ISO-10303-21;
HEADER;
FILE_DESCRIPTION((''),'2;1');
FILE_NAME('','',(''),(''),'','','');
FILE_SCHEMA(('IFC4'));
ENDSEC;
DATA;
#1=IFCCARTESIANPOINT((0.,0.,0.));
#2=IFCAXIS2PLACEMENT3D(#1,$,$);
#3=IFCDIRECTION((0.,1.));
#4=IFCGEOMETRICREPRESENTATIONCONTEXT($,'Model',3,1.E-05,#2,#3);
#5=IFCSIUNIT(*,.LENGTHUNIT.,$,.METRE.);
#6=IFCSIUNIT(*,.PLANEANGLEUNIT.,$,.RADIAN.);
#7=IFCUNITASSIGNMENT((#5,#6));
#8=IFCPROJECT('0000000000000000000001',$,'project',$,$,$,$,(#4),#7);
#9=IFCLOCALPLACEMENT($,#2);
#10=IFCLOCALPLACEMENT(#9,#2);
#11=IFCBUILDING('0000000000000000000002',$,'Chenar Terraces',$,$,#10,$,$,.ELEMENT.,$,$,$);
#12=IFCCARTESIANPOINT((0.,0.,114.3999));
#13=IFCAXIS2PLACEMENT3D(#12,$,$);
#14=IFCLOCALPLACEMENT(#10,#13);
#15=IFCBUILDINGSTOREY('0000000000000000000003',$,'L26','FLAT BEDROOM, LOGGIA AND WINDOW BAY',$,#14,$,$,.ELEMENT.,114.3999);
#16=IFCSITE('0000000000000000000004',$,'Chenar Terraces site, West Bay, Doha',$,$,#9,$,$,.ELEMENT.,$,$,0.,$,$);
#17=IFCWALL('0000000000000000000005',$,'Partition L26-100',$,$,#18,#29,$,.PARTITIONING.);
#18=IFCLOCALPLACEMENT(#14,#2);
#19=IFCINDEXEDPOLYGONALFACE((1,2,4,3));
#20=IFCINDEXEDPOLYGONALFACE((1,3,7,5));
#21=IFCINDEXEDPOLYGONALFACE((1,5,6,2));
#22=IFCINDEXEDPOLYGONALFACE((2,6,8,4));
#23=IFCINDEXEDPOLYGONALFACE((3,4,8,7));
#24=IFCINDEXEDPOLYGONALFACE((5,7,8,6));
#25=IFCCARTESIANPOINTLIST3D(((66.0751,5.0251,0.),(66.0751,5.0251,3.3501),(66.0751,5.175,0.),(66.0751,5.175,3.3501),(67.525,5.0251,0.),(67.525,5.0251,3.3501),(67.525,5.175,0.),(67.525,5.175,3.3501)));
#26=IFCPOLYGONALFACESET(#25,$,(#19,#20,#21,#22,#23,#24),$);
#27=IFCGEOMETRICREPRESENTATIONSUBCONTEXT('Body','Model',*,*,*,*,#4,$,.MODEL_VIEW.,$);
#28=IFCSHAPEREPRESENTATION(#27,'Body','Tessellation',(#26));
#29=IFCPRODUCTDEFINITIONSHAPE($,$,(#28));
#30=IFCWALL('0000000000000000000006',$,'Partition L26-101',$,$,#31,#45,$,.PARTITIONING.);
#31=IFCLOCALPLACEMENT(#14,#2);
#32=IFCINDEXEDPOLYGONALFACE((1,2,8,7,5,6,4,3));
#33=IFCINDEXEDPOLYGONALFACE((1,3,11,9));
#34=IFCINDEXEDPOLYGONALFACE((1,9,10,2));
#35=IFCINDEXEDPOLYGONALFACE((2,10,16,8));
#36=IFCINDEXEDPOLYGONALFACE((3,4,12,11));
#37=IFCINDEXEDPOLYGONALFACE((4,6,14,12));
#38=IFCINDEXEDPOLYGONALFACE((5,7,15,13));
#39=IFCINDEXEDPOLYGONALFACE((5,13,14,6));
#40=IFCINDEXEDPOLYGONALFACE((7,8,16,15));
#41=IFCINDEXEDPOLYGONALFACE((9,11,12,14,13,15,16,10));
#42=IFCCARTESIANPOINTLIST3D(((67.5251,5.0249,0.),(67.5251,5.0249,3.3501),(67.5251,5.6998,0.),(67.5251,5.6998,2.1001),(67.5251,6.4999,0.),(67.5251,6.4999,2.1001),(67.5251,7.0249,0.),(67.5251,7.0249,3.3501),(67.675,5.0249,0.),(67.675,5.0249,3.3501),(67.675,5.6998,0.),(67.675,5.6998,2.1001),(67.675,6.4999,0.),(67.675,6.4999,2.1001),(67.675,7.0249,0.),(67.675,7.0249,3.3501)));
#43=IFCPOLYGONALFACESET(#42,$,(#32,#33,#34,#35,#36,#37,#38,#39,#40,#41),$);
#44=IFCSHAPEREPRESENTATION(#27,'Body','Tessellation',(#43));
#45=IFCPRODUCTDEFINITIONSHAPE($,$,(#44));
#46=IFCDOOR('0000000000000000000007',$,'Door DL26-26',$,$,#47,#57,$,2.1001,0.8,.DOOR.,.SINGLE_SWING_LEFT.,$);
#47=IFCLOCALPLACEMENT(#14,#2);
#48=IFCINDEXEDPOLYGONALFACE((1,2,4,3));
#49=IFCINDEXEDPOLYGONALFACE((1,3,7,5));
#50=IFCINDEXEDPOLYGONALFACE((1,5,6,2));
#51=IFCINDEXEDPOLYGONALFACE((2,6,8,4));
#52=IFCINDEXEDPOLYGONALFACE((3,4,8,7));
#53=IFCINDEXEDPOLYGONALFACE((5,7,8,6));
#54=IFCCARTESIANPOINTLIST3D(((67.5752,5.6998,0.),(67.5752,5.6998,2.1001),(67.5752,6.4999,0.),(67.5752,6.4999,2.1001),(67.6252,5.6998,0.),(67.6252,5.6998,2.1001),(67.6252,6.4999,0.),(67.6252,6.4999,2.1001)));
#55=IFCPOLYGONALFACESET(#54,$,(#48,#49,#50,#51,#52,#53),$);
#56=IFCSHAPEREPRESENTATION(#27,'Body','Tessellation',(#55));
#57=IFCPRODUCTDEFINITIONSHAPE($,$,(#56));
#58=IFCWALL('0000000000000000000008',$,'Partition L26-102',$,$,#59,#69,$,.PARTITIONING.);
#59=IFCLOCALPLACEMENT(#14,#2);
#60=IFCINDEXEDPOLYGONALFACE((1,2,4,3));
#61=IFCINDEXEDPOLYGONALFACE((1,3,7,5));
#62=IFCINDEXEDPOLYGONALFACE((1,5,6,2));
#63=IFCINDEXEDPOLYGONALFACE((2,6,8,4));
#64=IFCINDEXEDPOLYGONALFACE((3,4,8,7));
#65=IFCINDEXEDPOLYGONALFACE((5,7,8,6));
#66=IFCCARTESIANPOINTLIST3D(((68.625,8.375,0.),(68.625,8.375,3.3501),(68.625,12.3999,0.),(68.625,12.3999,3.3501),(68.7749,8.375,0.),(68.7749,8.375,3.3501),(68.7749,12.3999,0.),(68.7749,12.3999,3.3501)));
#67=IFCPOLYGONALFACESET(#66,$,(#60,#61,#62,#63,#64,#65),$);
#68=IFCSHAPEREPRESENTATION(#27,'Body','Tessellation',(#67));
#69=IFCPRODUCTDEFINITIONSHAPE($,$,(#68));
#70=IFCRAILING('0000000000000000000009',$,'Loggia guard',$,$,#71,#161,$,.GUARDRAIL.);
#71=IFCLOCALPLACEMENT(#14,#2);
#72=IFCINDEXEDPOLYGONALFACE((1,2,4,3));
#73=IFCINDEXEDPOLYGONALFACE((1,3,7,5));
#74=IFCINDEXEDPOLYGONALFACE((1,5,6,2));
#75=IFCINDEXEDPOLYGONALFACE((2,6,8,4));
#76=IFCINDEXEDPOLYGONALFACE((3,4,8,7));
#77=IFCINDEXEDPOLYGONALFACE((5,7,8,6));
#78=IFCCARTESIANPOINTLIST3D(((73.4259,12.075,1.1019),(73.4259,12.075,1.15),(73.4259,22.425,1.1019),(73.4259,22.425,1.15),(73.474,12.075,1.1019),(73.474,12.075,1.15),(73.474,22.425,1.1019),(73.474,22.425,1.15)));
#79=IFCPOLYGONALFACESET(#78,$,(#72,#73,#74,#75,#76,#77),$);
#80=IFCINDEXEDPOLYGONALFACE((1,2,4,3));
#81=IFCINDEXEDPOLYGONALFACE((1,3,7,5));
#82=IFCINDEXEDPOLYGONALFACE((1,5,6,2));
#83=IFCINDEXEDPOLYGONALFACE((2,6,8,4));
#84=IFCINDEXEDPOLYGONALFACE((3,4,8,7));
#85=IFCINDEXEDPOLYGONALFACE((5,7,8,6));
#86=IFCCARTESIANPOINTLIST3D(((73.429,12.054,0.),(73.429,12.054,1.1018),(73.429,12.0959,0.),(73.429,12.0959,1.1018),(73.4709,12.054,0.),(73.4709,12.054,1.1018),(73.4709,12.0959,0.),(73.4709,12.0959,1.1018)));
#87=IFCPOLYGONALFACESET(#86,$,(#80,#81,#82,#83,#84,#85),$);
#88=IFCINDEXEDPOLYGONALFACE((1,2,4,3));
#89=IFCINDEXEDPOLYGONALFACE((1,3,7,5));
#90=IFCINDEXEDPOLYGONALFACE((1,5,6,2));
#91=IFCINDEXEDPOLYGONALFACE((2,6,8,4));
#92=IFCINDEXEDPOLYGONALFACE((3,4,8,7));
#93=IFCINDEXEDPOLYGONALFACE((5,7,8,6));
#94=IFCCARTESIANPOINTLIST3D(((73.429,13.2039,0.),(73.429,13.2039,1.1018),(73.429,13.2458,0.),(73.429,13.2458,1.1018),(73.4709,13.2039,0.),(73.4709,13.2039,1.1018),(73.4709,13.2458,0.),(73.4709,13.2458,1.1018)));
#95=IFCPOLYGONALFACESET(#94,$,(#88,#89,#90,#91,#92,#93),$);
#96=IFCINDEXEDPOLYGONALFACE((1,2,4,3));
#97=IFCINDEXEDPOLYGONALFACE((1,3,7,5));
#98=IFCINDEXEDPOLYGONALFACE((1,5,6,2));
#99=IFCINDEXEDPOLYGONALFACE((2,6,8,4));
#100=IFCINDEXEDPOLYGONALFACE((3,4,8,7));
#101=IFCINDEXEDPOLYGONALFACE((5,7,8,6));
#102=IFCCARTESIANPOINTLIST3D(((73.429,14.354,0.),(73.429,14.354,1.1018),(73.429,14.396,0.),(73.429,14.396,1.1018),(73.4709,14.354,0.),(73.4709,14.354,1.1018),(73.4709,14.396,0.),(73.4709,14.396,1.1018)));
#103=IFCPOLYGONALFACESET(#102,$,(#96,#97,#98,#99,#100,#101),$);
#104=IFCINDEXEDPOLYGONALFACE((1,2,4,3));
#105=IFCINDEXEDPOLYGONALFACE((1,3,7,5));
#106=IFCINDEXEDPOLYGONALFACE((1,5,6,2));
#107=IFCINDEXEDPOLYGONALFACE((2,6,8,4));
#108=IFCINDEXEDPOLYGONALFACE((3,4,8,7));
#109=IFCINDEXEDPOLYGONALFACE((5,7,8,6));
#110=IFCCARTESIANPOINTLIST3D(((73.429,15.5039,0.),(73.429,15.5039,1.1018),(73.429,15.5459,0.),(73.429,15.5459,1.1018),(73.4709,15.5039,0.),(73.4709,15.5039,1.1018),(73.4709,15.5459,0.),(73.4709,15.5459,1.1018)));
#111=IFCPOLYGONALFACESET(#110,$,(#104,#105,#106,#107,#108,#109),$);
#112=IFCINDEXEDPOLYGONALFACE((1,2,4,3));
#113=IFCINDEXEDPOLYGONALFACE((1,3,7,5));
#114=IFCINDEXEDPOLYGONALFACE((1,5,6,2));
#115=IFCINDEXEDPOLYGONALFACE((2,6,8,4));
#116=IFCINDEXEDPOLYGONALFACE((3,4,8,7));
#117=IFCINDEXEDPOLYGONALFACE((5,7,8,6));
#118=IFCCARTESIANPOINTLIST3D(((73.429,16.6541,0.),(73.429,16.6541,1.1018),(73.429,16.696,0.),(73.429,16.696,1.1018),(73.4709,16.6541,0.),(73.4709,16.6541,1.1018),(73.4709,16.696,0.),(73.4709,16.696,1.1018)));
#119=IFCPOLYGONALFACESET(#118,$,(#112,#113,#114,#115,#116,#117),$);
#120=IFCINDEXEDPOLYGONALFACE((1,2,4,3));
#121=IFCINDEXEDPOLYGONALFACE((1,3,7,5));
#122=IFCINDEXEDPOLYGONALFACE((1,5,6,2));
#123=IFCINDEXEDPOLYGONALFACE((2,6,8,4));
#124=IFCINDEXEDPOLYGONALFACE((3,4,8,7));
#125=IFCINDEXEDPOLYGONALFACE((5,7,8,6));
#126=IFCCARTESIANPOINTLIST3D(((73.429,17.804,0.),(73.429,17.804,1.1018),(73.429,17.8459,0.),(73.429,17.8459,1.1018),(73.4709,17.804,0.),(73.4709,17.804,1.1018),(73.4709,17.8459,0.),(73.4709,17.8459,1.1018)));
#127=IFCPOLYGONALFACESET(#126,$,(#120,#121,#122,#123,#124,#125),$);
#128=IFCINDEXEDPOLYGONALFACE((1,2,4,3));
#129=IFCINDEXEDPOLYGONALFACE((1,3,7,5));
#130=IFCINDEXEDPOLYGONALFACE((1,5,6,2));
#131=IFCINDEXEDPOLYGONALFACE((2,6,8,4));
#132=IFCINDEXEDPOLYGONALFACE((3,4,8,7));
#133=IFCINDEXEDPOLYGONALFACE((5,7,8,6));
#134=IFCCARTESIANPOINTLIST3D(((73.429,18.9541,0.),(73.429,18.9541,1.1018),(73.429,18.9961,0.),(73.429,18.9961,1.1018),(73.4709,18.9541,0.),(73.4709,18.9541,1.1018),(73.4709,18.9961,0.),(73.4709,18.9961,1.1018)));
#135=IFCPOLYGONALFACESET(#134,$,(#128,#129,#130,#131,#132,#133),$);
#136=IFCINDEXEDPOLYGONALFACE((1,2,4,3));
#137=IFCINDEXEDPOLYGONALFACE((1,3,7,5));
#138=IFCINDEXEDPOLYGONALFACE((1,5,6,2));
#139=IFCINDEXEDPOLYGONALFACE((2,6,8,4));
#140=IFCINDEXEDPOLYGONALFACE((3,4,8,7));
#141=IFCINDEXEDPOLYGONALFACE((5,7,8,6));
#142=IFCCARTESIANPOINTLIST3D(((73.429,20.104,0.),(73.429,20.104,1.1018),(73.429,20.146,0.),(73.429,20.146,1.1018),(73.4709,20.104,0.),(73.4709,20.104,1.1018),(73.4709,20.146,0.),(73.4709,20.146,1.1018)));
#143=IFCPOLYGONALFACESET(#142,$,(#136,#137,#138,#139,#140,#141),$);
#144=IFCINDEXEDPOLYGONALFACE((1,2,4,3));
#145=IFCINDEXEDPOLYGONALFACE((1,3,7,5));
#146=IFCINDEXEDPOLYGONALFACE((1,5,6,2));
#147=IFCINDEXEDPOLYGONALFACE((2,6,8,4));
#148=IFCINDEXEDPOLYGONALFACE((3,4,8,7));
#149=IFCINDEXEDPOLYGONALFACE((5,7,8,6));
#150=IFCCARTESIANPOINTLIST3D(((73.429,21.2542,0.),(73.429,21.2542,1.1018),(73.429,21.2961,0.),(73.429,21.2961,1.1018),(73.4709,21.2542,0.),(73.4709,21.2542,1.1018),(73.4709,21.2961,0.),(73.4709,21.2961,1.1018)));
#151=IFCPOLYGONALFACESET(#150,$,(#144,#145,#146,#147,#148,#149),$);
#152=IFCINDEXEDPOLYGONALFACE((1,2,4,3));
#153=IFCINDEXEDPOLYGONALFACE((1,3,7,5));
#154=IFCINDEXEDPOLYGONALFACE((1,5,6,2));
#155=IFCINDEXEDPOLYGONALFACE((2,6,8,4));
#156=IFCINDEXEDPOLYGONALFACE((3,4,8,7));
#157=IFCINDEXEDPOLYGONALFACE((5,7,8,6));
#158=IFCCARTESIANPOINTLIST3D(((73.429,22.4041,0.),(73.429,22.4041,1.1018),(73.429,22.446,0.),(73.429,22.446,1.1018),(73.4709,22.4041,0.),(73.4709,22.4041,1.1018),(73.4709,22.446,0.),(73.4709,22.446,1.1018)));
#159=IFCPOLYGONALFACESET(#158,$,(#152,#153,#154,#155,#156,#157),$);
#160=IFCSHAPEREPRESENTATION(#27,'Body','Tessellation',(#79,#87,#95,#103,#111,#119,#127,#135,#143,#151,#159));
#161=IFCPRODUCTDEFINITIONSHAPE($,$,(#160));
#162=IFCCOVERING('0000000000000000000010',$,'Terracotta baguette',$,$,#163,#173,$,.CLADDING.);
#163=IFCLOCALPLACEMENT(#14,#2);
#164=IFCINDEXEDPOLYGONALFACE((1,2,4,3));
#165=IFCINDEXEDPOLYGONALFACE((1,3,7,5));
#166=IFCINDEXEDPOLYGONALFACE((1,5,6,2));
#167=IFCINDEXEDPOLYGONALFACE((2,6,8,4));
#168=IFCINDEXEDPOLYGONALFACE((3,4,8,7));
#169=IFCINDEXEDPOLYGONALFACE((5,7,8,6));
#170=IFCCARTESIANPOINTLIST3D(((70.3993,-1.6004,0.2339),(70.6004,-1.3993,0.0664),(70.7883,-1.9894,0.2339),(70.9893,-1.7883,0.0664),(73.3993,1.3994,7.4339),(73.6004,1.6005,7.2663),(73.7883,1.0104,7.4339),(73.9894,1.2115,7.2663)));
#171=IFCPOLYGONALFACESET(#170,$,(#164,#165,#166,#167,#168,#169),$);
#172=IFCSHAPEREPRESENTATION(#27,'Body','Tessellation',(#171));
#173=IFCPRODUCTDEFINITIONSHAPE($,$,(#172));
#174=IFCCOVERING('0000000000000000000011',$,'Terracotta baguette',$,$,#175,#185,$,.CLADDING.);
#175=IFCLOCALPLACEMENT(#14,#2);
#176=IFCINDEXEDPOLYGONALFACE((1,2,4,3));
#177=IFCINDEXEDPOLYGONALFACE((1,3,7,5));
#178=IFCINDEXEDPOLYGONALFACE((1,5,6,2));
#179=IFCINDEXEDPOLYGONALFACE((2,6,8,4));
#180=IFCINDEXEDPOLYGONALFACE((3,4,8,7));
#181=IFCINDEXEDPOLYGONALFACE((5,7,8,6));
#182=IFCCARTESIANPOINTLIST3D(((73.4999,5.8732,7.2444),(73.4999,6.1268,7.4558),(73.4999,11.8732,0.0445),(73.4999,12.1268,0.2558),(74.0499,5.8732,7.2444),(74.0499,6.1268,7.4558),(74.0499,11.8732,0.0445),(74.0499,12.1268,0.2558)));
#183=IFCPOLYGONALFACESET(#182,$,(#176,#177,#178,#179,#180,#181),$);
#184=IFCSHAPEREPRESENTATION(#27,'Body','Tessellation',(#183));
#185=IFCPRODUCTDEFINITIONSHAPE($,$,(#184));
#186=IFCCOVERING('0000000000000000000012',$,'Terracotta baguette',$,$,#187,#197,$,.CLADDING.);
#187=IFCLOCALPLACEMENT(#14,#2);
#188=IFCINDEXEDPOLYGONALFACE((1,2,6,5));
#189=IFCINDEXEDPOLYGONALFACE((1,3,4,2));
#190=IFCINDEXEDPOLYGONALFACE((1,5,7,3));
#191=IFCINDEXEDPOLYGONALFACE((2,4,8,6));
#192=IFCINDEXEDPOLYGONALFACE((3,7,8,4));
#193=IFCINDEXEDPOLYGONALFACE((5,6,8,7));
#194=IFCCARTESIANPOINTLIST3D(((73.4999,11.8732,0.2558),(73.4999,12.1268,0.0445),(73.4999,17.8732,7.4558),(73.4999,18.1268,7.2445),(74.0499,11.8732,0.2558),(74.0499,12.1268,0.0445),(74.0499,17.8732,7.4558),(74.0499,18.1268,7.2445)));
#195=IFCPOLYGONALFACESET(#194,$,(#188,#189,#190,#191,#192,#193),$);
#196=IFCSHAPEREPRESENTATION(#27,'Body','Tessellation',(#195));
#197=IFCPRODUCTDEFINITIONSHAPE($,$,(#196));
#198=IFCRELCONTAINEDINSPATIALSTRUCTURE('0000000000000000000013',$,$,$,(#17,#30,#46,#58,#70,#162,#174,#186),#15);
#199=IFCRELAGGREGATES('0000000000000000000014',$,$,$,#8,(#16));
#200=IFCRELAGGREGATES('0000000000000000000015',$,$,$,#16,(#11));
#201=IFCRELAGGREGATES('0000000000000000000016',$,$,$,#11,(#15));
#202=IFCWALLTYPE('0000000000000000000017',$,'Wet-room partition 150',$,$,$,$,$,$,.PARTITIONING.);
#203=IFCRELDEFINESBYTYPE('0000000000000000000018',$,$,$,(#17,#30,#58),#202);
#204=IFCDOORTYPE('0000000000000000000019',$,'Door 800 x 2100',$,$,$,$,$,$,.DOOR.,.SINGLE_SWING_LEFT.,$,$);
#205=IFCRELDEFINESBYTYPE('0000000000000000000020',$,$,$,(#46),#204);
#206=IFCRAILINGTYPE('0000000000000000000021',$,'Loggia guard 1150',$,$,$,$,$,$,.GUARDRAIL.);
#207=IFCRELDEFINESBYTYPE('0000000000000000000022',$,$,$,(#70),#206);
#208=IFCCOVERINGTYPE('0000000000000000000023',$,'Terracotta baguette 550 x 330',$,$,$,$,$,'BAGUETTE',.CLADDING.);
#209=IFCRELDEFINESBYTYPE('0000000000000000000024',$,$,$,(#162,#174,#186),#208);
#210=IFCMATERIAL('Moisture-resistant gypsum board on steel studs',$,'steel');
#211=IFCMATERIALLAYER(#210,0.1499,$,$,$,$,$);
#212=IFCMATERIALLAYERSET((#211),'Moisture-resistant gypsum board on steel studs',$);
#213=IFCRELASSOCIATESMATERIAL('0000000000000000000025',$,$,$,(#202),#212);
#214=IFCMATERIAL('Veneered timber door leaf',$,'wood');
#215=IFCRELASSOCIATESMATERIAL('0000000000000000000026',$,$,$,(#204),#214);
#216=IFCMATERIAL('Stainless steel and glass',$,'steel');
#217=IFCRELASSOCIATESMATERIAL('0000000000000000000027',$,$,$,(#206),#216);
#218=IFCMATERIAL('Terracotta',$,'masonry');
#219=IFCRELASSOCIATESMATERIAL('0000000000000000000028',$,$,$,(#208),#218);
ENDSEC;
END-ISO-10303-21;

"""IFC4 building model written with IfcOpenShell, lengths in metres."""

from ifc_helpers import new_model, si_unit, direction, frame, frame_2d, origin, origin_2d, place, context, subcontext, project, spatial, rectangle, extrude, material, layer, layer_set, material_profile, profile_set, type_object, element, fill, save


model = new_model("IFC4")

# Units and contexts
model_context = context("Model", 3, precision=1e-05, world=origin(), true_north=direction((0.0, 1.0)))
body_context = subcontext(model_context, "Body", "Model", "MODEL_VIEW")
ifc_project = project(units=[si_unit("LENGTHUNIT", "METRE"), si_unit("PLANEANGLEUNIT", "RADIAN")], contexts=[model_context])

# Site, building, storey
site_placement = place(None, origin())
site = spatial("IfcSite", under=ifc_project, at=site_placement, Name="Chenar Terraces site, West Bay, Doha", CompositionType="ELEMENT", RefElevation=0.0)
building_placement = place(site_placement, origin())
building = spatial("IfcBuilding", under=site, at=building_placement, Name="Chenar Terraces", CompositionType="ELEMENT")
storey_placement = place(building_placement, frame((0.0, 0.0, 114.3999)))
storey = spatial("IfcBuildingStorey", under=building, at=storey_placement, Name="L26", Description="FLAT BEDROOM, LOGGIA AND WINDOW BAY", CompositionType="ELEMENT", Elevation=114.3999)

# Shared definitions
ifc_material_1 = material(Name="Moisture-resistant gypsum board on steel studs", Category="steel")
ifc_layer_1 = layer(ifc_material_1, 0.1499)
ifc_layer_set_1 = layer_set([ifc_layer_1], Name="Moisture-resistant gypsum board on steel studs")
wall_type_1 = type_object("IfcWallType", Name="Wet-room partition 150", PredefinedType="PARTITIONING", material=ifc_layer_set_1)
ifc_material_2 = material(Name="Veneered timber door leaf", Category="wood")
door_type_1 = type_object("IfcDoorType", Name="Door 800 x 2100", OperationType="SINGLE_SWING_LEFT", PredefinedType="DOOR", material=ifc_material_2)

# Wall
wall_1_placement = place(storey_placement, frame((66.075, 5.1001, 0.0), z_axis=(0.0, 0.0, 1.0), x_axis=(1.0, 0.0, 0.0)))
element("IfcWall", 1, at=wall_1_placement, inside=storey, type_object=wall_type_1, Name="Partition L26-100", PredefinedType="PARTITIONING", context=body_context, shape_type="SweptSolid", body=[
    extrude(rectangle(XDim=1.45, YDim=0.1499, at=frame_2d((0.7251, 0.0))), origin(), (0.0, 0.0, 1.0), 3.3501),
])

# Wall, opening, door
wall_2_placement = place(storey_placement, frame((67.6001, 5.0249, 0.0), z_axis=(0.0, 0.0, 1.0), x_axis=(0.0, 1.0, 0.0)))
wall_2 = element("IfcWall", 2, at=wall_2_placement, inside=storey, type_object=wall_type_1, Name="Partition L26-101", PredefinedType="PARTITIONING", context=body_context, shape_type="SweptSolid", body=[
    extrude(rectangle(XDim=2.0, YDim=0.1499, at=frame_2d((1.0, 0.0))), origin(), (0.0, 0.0, 1.0), 3.3501),
])
opening_1_placement = place(wall_2_placement, frame((0.675, 0.0, 0.0)))
opening_1 = element("IfcOpeningElement", 3, at=opening_1_placement, cuts=wall_2, PredefinedType="OPENING", context=body_context, shape_type="SweptSolid", body=[
    extrude(rectangle(XDim=0.8, YDim=2.1001, at=frame_2d((0.3999, 1.05))), frame((0.0, 0.085, 0.0), z_axis=(0.0, -1.0, 0.0), x_axis=(1.0, 0.0, 0.0)), (0.0, 0.0, 1.0), 0.1699),
])
door_1_placement = place(opening_1_placement, origin())
door_1 = element("IfcDoor", 4, at=door_1_placement, inside=storey, type_object=door_type_1, Name="Door DL26-26", OperationType="SINGLE_SWING_LEFT", OverallHeight=2.1001, OverallWidth=0.8, PredefinedType="DOOR", context=body_context, shape_type="SweptSolid", body=[
    extrude(rectangle(XDim=0.8, YDim=2.1001, at=frame_2d((0.3999, 1.05))), frame((0.0, 0.0249, 0.0), z_axis=(0.0, -1.0, 0.0), x_axis=(1.0, 0.0, 0.0)), (0.0, 0.0, 1.0), 0.05),
])
fill(opening_1, door_1)

# Wall
wall_3_placement = place(storey_placement, frame((68.7, 8.375, 0.0), z_axis=(0.0, 0.0, 1.0), x_axis=(0.0, 1.0, 0.0)))
element("IfcWall", 5, at=wall_3_placement, inside=storey, type_object=wall_type_1, Name="Partition L26-102", PredefinedType="PARTITIONING", context=body_context, shape_type="SweptSolid", body=[
    extrude(rectangle(XDim=4.0249, YDim=0.1499, at=frame_2d((2.0125, 0.0))), origin(), (0.0, 0.0, 1.0), 3.3501),
])

# Railing
ifc_material_3 = material(Name="Stainless steel and glass", Category="steel")
railing_type = type_object("IfcRailingType", Name="Loggia guard 1150", PredefinedType="GUARDRAIL", material=ifc_material_3)
railing_placement = place(storey_placement, frame((73.45, 12.075, 0.0)))
element("IfcRailing", 6, at=railing_placement, inside=storey, type_object=railing_type, Name="Loggia guard", PredefinedType="GUARDRAIL", context=body_context, shape_type="SweptSolid", body=[
    extrude(rectangle(XDim=0.0481, YDim=0.0481, at=origin_2d()), frame((0.0, 0.0, 1.126), z_axis=(0.0, 1.0, 0.0), x_axis=(-1.0, 0.0, 0.0)), (0.0, 0.0, 1.0), 10.3501),
    extrude(rectangle(XDim=0.042, YDim=0.042, at=origin_2d()), origin(), (0.0, 0.0, 1.0), 1.1018),
    extrude(rectangle(XDim=0.042, YDim=0.042, at=origin_2d()), frame((0.0, 1.1499, 0.0)), (0.0, 0.0, 1.0), 1.1018),
    extrude(rectangle(XDim=0.042, YDim=0.042, at=origin_2d()), frame((0.0, 2.3, 0.0)), (0.0, 0.0, 1.0), 1.1018),
    extrude(rectangle(XDim=0.042, YDim=0.042, at=origin_2d()), frame((0.0, 3.45, 0.0)), (0.0, 0.0, 1.0), 1.1018),
    extrude(rectangle(XDim=0.042, YDim=0.042, at=origin_2d()), frame((0.0, 4.6001, 0.0)), (0.0, 0.0, 1.0), 1.1018),
    extrude(rectangle(XDim=0.042, YDim=0.042, at=origin_2d()), frame((0.0, 5.75, 0.0)), (0.0, 0.0, 1.0), 1.1018),
    extrude(rectangle(XDim=0.042, YDim=0.042, at=origin_2d()), frame((0.0, 6.9001, 0.0)), (0.0, 0.0, 1.0), 1.1018),
    extrude(rectangle(XDim=0.042, YDim=0.042, at=origin_2d()), frame((0.0, 8.05, 0.0)), (0.0, 0.0, 1.0), 1.1018),
    extrude(rectangle(XDim=0.042, YDim=0.042, at=origin_2d()), frame((0.0, 9.2002, 0.0)), (0.0, 0.0, 1.0), 1.1018),
    extrude(rectangle(XDim=0.042, YDim=0.042, at=origin_2d()), frame((0.0, 10.3501, 0.0)), (0.0, 0.0, 1.0), 1.1018),
])

# Coverings
ifc_material_4 = material(Name="Terracotta", Category="masonry")
ifc_material_profile_1 = material_profile(ifc_material_4, rectangle(XDim=0.55, YDim=0.3301, at=origin_2d()), Name="Terracotta baguette 550 x 330")
ifc_profile_set_1 = profile_set([ifc_material_profile_1], Name="Terracotta")
covering_type = type_object("IfcCoveringType", Name="Terracotta baguette 550 x 330", ElementType="BAGUETTE", PredefinedType="CLADDING", material=ifc_profile_set_1)
covering_placement = place(storey_placement, frame((70.6943, -1.6943, 0.1501), z_axis=(0.358985, 0.358955, 0.861557), x_axis=(-0.707078, 0.707136, 0.0)))
element("IfcCovering", 7, at=covering_placement, inside=storey, type_object=covering_type, Name="Terracotta baguette", PredefinedType="CLADDING", context=body_context, shape_type="SweptSolid", body=[
    extrude(rectangle(XDim=0.55, YDim=0.3301, at=origin_2d()), origin(), (0.0, 0.0, 1.0), 8.3569),
])
for number, where, z_axis, x_axis, name in (
    (8, (73.7749, 6.0, 7.3501), (0.0, 0.640187, -0.768219), (-1.0, 0.0, 0.0), "Terracotta baguette"),
    (9, (73.7749, 12.0, 0.1501), (0.0, 0.640187, 0.768219), (-1.0, 0.0, 0.0), "Terracotta baguette"),
):
    element("IfcCovering", number, at=place(storey_placement, frame(where, z_axis=z_axis, x_axis=x_axis)), inside=storey, type_object=covering_type, Name=name, PredefinedType="CLADDING", context=body_context, shape_type="SweptSolid", body=[
        extrude(rectangle(XDim=0.55, YDim=0.3301, at=origin_2d()), origin(), (0.0, 0.0, 1.0), 9.3723),
    ])

save(model, "model.ifc")
